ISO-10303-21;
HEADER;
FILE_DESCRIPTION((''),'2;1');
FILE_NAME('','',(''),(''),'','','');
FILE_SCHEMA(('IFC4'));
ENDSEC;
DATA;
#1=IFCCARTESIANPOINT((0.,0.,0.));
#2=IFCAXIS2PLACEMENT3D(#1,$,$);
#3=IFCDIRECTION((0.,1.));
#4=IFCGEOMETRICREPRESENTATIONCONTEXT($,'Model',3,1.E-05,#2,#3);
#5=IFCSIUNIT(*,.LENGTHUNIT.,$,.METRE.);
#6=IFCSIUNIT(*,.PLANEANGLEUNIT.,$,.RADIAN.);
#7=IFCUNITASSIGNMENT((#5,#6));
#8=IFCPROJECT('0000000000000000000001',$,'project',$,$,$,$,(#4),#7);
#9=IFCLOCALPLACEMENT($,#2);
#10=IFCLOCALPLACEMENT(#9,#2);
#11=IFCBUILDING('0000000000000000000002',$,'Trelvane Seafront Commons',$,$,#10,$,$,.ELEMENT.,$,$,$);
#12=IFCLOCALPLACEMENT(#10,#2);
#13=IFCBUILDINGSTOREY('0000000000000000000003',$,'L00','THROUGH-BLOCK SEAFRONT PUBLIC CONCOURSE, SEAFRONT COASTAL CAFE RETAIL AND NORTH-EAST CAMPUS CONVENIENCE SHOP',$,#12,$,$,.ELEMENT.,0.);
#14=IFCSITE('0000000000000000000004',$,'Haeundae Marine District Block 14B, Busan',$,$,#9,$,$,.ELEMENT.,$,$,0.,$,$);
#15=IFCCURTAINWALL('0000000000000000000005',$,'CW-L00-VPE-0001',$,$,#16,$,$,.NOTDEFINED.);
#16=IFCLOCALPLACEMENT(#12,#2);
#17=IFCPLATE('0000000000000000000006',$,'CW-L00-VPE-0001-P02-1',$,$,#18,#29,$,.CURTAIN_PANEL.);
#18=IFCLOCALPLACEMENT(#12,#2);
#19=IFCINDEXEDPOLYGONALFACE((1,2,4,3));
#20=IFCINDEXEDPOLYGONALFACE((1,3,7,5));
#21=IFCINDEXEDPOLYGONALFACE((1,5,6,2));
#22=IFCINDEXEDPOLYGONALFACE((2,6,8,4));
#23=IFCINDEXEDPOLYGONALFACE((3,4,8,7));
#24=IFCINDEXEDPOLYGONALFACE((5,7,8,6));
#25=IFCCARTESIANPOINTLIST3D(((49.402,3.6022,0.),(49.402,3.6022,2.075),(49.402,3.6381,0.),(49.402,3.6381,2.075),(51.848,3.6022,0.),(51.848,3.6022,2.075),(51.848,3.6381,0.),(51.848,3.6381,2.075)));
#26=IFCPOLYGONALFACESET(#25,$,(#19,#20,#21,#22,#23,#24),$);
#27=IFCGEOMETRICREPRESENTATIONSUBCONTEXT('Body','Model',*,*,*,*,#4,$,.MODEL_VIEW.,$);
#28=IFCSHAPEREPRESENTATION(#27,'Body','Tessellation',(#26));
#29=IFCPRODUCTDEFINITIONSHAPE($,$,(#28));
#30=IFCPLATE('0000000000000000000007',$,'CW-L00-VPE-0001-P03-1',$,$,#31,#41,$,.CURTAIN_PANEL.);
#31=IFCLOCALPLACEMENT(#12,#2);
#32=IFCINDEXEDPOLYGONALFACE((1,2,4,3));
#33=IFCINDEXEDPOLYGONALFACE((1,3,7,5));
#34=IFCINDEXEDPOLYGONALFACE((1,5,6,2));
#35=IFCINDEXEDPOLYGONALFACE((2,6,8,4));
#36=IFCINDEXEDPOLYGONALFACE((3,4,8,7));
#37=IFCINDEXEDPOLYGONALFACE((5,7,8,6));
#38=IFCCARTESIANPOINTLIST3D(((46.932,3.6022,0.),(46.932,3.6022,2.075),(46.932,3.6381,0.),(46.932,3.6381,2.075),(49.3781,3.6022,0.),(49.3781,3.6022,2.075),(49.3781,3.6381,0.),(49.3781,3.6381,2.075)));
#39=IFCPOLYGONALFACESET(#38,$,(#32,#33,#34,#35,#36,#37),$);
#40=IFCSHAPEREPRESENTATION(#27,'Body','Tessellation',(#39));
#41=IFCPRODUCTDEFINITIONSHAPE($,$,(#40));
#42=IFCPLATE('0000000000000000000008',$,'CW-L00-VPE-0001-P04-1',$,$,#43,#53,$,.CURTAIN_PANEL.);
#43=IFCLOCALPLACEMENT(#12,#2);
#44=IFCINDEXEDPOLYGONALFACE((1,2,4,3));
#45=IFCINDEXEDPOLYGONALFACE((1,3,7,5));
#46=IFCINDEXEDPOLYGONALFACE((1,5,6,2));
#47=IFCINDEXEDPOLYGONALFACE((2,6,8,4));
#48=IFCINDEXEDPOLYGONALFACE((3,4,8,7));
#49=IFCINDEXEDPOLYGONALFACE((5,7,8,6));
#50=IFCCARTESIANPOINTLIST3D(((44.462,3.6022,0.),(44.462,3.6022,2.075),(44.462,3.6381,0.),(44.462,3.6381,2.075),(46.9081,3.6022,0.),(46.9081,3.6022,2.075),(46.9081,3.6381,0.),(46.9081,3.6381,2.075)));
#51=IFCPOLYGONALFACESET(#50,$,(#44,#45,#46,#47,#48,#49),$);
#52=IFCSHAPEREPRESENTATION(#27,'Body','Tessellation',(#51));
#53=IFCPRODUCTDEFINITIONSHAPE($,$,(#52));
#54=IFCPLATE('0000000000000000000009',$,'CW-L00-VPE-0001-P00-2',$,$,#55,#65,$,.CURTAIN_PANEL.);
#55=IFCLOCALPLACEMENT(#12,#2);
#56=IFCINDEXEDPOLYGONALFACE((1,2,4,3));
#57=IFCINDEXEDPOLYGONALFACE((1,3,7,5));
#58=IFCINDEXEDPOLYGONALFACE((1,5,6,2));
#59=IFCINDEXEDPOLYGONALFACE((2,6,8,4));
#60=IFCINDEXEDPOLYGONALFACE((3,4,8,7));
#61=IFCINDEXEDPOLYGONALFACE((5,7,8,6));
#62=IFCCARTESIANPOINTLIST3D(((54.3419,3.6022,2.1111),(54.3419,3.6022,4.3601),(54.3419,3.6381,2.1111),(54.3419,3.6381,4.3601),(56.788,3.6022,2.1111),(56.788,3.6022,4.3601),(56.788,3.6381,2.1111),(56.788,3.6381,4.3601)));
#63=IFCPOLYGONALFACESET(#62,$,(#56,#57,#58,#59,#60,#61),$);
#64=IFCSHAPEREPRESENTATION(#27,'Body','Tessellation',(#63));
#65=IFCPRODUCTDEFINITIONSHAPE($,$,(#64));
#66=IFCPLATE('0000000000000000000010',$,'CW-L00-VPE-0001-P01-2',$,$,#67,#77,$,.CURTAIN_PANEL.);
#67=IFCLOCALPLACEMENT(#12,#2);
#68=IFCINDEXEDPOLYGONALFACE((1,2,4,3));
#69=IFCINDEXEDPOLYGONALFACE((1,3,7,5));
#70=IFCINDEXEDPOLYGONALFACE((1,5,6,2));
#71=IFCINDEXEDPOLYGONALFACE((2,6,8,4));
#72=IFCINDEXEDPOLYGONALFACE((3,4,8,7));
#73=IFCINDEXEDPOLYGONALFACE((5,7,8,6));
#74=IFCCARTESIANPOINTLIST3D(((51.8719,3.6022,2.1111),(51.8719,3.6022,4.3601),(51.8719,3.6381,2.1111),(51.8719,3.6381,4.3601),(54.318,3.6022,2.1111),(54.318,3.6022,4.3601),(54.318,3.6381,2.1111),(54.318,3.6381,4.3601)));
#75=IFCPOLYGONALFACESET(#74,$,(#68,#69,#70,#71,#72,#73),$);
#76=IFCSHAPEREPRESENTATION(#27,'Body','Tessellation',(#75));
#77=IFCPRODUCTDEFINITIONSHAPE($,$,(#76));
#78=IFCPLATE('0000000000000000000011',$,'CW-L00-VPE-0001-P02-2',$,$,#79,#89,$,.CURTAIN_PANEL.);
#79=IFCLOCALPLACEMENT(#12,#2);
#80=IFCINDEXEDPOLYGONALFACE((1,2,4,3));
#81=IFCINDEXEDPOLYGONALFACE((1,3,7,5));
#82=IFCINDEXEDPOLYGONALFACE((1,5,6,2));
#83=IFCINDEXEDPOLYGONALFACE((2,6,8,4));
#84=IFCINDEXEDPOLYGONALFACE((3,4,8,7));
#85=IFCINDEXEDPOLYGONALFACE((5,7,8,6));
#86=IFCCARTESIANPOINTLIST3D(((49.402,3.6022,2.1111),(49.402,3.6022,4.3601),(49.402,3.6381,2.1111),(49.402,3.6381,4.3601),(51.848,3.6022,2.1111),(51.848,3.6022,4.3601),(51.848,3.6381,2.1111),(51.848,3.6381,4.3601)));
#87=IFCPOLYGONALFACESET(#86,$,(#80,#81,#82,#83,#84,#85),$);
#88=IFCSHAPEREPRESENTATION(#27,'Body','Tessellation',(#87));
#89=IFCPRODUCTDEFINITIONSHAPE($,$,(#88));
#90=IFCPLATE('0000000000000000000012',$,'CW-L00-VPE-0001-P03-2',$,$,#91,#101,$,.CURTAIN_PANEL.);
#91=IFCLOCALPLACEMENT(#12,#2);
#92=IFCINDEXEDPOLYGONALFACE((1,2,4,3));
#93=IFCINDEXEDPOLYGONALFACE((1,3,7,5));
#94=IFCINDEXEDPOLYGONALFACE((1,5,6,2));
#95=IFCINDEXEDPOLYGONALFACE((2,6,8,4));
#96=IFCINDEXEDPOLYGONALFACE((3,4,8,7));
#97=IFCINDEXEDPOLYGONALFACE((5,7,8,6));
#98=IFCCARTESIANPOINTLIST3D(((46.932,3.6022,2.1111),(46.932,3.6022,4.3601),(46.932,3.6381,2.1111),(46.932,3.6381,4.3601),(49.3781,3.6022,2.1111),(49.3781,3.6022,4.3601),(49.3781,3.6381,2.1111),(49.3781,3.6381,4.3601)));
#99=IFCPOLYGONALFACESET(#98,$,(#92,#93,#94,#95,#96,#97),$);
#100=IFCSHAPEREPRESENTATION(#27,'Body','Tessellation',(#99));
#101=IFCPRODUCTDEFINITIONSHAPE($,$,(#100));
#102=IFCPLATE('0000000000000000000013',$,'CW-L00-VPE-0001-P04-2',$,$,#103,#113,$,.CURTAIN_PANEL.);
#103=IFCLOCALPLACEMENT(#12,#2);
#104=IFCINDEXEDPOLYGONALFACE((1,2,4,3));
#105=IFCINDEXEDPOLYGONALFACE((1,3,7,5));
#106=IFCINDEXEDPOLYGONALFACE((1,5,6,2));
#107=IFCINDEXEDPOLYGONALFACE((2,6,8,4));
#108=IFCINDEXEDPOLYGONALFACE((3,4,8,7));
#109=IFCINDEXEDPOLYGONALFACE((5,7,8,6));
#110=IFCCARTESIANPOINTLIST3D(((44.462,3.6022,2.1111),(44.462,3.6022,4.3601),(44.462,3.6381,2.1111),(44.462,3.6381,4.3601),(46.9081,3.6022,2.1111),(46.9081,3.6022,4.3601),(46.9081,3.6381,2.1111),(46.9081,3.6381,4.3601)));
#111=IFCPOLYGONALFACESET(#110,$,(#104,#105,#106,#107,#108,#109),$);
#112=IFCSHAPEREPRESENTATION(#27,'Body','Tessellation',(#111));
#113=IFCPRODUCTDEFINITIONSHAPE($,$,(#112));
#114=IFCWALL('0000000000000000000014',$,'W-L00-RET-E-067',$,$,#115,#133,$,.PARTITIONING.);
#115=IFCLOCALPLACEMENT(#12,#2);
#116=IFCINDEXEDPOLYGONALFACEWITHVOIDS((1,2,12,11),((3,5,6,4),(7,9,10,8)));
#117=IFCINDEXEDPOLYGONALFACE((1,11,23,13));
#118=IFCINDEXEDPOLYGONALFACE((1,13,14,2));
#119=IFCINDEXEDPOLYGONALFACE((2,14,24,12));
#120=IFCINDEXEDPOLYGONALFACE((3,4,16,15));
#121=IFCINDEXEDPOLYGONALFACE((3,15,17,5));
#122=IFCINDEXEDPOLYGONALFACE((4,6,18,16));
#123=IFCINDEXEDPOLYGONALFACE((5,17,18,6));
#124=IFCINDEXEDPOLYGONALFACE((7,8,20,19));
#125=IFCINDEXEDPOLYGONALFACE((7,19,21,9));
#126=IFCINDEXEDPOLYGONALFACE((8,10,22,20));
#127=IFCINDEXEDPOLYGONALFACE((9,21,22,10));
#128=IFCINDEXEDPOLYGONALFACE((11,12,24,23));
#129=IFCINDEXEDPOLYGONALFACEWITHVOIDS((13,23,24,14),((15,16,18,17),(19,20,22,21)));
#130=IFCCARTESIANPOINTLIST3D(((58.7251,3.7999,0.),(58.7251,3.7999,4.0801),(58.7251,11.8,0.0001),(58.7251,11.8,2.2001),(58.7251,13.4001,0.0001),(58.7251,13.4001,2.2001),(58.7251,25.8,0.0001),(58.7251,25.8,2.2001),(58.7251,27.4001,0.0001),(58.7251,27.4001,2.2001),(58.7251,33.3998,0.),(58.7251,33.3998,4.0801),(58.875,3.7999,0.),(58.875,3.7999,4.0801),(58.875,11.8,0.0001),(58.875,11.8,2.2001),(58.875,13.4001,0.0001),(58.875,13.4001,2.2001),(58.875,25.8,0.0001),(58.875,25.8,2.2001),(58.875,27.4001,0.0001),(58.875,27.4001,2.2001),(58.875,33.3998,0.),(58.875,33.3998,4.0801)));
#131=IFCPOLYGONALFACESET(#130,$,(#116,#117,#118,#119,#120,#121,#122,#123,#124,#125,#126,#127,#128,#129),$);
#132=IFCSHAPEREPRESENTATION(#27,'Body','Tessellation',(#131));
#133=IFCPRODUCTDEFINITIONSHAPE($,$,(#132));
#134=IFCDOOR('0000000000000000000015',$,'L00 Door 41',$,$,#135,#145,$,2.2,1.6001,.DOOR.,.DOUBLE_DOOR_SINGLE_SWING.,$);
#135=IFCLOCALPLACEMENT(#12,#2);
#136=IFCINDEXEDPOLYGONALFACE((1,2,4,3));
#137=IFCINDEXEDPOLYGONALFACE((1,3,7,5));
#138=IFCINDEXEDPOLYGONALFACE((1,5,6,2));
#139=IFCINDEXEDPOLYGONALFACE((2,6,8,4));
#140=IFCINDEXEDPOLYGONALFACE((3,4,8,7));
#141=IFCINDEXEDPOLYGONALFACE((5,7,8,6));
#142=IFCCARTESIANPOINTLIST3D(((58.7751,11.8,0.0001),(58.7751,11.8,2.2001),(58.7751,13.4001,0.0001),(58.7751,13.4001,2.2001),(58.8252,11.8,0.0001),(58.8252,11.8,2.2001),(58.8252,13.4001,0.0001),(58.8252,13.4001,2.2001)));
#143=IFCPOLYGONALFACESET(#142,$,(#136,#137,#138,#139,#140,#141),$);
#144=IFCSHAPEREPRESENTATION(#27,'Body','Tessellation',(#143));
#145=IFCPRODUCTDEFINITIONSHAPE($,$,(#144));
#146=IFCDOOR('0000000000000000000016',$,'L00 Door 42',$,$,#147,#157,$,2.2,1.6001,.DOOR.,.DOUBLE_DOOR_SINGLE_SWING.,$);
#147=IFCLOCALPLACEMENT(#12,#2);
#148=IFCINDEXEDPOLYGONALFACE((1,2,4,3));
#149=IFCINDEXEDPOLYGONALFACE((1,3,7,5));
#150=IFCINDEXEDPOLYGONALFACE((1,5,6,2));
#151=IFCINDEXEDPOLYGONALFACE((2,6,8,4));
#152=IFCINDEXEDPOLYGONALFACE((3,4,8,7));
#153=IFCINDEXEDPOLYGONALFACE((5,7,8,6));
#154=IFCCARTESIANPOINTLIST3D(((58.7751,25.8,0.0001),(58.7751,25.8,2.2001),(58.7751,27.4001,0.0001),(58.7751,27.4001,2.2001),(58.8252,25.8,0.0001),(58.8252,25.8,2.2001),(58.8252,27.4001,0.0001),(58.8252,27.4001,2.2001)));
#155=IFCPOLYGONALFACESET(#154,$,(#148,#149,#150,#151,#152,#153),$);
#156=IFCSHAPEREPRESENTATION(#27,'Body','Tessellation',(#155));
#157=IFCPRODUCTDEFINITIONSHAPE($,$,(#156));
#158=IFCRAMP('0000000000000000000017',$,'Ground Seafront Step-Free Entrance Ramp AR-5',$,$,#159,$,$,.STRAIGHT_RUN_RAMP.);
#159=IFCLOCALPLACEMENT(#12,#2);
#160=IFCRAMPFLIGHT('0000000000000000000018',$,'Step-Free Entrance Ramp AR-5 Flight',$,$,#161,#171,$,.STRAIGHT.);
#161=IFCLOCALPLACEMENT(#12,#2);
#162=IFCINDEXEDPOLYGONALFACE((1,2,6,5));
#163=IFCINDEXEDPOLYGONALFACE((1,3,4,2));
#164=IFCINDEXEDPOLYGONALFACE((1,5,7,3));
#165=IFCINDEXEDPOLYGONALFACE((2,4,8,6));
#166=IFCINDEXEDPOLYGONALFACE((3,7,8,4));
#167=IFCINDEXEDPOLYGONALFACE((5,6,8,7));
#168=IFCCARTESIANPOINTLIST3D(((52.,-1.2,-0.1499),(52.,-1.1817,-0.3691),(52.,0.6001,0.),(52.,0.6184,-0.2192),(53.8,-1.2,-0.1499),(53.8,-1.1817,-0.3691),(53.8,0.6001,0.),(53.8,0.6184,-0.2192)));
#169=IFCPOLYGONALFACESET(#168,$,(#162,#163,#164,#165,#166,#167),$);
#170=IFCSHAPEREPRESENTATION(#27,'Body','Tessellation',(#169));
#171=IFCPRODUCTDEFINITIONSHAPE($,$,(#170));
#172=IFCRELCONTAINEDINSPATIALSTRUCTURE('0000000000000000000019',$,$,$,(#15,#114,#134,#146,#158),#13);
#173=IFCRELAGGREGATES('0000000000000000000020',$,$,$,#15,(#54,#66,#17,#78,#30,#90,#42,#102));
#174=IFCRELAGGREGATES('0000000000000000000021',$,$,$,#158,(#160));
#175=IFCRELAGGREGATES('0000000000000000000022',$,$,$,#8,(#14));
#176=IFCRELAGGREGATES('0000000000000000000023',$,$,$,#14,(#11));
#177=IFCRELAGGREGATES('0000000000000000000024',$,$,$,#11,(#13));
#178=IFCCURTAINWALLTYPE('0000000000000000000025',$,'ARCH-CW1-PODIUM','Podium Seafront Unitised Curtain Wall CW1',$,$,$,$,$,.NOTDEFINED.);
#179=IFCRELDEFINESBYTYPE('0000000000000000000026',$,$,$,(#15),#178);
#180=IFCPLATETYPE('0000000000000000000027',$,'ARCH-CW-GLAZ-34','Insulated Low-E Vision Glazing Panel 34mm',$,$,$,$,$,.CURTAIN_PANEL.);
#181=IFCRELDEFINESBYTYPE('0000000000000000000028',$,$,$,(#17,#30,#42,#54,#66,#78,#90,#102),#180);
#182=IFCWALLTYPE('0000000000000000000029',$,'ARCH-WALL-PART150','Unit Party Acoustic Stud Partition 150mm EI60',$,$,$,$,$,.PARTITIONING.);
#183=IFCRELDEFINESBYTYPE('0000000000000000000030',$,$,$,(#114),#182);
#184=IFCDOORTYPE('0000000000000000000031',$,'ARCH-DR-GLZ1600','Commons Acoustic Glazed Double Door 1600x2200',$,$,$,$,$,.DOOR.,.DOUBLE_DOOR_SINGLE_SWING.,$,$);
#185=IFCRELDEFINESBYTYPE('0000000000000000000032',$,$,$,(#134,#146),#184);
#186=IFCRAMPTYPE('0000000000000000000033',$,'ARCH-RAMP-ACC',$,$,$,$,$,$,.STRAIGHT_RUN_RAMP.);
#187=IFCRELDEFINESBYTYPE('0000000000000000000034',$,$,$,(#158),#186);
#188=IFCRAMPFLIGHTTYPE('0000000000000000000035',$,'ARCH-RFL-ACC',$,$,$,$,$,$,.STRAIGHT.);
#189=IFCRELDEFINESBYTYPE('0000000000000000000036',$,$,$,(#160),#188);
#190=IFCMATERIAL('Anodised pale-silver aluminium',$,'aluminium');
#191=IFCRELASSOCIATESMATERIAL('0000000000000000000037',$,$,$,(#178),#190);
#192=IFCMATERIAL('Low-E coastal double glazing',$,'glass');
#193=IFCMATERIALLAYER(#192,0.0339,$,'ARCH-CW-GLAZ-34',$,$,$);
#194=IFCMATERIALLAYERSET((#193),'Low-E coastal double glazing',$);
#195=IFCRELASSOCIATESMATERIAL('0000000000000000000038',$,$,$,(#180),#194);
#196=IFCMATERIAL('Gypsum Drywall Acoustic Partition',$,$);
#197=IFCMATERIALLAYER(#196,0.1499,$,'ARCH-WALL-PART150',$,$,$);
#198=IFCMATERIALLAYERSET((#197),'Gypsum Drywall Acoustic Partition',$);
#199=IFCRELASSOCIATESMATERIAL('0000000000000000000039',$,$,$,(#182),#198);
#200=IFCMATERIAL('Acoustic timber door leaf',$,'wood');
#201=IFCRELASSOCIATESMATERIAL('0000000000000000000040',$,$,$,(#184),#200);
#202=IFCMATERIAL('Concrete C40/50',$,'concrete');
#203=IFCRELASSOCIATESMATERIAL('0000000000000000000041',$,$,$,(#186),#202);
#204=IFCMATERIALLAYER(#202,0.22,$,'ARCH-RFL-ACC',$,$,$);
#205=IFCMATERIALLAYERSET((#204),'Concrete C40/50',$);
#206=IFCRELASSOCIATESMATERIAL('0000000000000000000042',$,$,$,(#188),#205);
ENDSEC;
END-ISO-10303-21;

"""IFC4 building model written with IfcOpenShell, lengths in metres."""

from ifc_helpers import new_model, si_unit, direction, frame, frame_2d, origin, origin_2d, place, context, subcontext, project, spatial, polyline, rectangle, outline, extrude, source, transform, mapped, material, layer, layer_set, type_object, element, fill, aggregate, save


model = new_model("IFC4")

# Units and contexts
model_context = context("Model", 3, precision=1e-05, world=origin(), true_north=direction((0.0, 1.0)))
body_context = subcontext(model_context, "Body", "Model", "MODEL_VIEW")
ifc_project = project(units=[si_unit("LENGTHUNIT", "METRE"), si_unit("PLANEANGLEUNIT", "RADIAN")], contexts=[model_context])

# Site, building, storey
site_placement = place(None, origin())
site = spatial("IfcSite", under=ifc_project, at=site_placement, Name="Haeundae Marine District Block 14B, Busan", CompositionType="ELEMENT", RefElevation=0.0)
building_placement = place(site_placement, origin())
building = spatial("IfcBuilding", under=site, at=building_placement, Name="Trelvane Seafront Commons", CompositionType="ELEMENT")
storey_placement = place(building_placement, origin())
storey = spatial("IfcBuildingStorey", under=building, at=storey_placement, Name="L00", Description="THROUGH-BLOCK SEAFRONT PUBLIC CONCOURSE, SEAFRONT COASTAL CAFE RETAIL AND NORTH-EAST CAMPUS CONVENIENCE SHOP", CompositionType="ELEMENT", Elevation=0.0)

# Curtain wall
ifc_material_1 = material(Name="Anodised pale-silver aluminium", Category="aluminium")
curtain_wall_type = type_object("IfcCurtainWallType", Name="ARCH-CW1-PODIUM", Description="Podium Seafront Unitised Curtain Wall CW1", PredefinedType="NOTDEFINED", material=ifc_material_1)
curtain_wall_placement = place(storey_placement, origin())
curtain_wall = element("IfcCurtainWall", 1, at=curtain_wall_placement, inside=storey, type_object=curtain_wall_type, Name="CW-L00-VPE-0001", PredefinedType="NOTDEFINED")

# Plates
ifc_material_2 = material(Name="Low-E coastal double glazing", Category="glass")
ifc_layer_1 = layer(ifc_material_2, 0.0339, Name="ARCH-CW-GLAZ-34")
ifc_layer_set_1 = layer_set([ifc_layer_1], Name="Low-E coastal double glazing")
plate_type_1 = type_object("IfcPlateType", Name="ARCH-CW-GLAZ-34", Description="Insulated Low-E Vision Glazing Panel 34mm", PredefinedType="CURTAIN_PANEL", material=ifc_layer_set_1)
shared_shape_1 = source(origin(), body_context, "Body", "SweptSolid", [
    extrude(rectangle(XDim=2.446, YDim=0.0359, at=origin_2d()), origin(), (0.0, 0.0, 1.0), 2.075),
])
plate_1_placement = place(storey_placement, frame((50.625, 3.6201, 0.0), z_axis=(0.0, 0.0, 1.0), x_axis=(-1.0, 0.0, 0.0)))
plate_1 = element("IfcPlate", 2, at=plate_1_placement, type_object=plate_type_1, Name="CW-L00-VPE-0001-P02-1", PredefinedType="CURTAIN_PANEL", context=body_context, shape_type="MappedRepresentation", body=[
    mapped(shared_shape_1, transform((0.0, 0.0, 0.0), x_axis=(1.0, 0.0, 0.0), y_axis=(0.0, 1.0, 0.0), z_axis=(0.0, 0.0, 1.0), scale=1.0)),
])
plate_2_placement = place(storey_placement, frame((48.155, 3.6201, 0.0), z_axis=(0.0, 0.0, 1.0), x_axis=(-1.0, 0.0, 0.0)))
plate_2 = element("IfcPlate", 3, at=plate_2_placement, type_object=plate_type_1, Name="CW-L00-VPE-0001-P03-1", PredefinedType="CURTAIN_PANEL", context=body_context, shape_type="MappedRepresentation", body=[
    mapped(shared_shape_1, transform((0.0, 0.0, 0.0), x_axis=(1.0, 0.0, 0.0), y_axis=(0.0, 1.0, 0.0), z_axis=(0.0, 0.0, 1.0), scale=1.0)),
])
plate_3_placement = place(storey_placement, frame((45.6851, 3.6201, 0.0), z_axis=(0.0, 0.0, 1.0), x_axis=(-1.0, 0.0, 0.0)))
plate_3 = element("IfcPlate", 4, at=plate_3_placement, type_object=plate_type_1, Name="CW-L00-VPE-0001-P04-1", PredefinedType="CURTAIN_PANEL", context=body_context, shape_type="MappedRepresentation", body=[
    mapped(shared_shape_1, transform((0.0, 0.0, 0.0), x_axis=(1.0, 0.0, 0.0), y_axis=(0.0, 1.0, 0.0), z_axis=(0.0, 0.0, 1.0), scale=1.0)),
])
shared_shape_2 = source(origin(), body_context, "Body", "SweptSolid", [
    extrude(rectangle(XDim=2.446, YDim=0.0359, at=origin_2d()), origin(), (0.0, 0.0, 1.0), 2.249),
])
plate_4_placement = place(storey_placement, frame((55.5649, 3.6201, 2.1111), z_axis=(0.0, 0.0, 1.0), x_axis=(-1.0, 0.0, 0.0)))
plate_4 = element("IfcPlate", 5, at=plate_4_placement, type_object=plate_type_1, Name="CW-L00-VPE-0001-P00-2", PredefinedType="CURTAIN_PANEL", context=body_context, shape_type="MappedRepresentation", body=[
    mapped(shared_shape_2, transform((0.0, 0.0, 0.0), x_axis=(1.0, 0.0, 0.0), y_axis=(0.0, 1.0, 0.0), z_axis=(0.0, 0.0, 1.0), scale=1.0)),
])
plate_5_placement = place(storey_placement, frame((53.095, 3.6201, 2.1111), z_axis=(0.0, 0.0, 1.0), x_axis=(-1.0, 0.0, 0.0)))
plate_5 = element("IfcPlate", 6, at=plate_5_placement, type_object=plate_type_1, Name="CW-L00-VPE-0001-P01-2", PredefinedType="CURTAIN_PANEL", context=body_context, shape_type="MappedRepresentation", body=[
    mapped(shared_shape_2, transform((0.0, 0.0, 0.0), x_axis=(1.0, 0.0, 0.0), y_axis=(0.0, 1.0, 0.0), z_axis=(0.0, 0.0, 1.0), scale=1.0)),
])
plate_6_placement = place(storey_placement, frame((50.625, 3.6201, 2.1111), z_axis=(0.0, 0.0, 1.0), x_axis=(-1.0, 0.0, 0.0)))
plate_6 = element("IfcPlate", 7, at=plate_6_placement, type_object=plate_type_1, Name="CW-L00-VPE-0001-P02-2", PredefinedType="CURTAIN_PANEL", context=body_context, shape_type="MappedRepresentation", body=[
    mapped(shared_shape_2, transform((0.0, 0.0, 0.0), x_axis=(1.0, 0.0, 0.0), y_axis=(0.0, 1.0, 0.0), z_axis=(0.0, 0.0, 1.0), scale=1.0)),
])
plate_7_placement = place(storey_placement, frame((48.155, 3.6201, 2.1111), z_axis=(0.0, 0.0, 1.0), x_axis=(-1.0, 0.0, 0.0)))
plate_7 = element("IfcPlate", 8, at=plate_7_placement, type_object=plate_type_1, Name="CW-L00-VPE-0001-P03-2", PredefinedType="CURTAIN_PANEL", context=body_context, shape_type="MappedRepresentation", body=[
    mapped(shared_shape_2, transform((0.0, 0.0, 0.0), x_axis=(1.0, 0.0, 0.0), y_axis=(0.0, 1.0, 0.0), z_axis=(0.0, 0.0, 1.0), scale=1.0)),
])
plate_8_placement = place(storey_placement, frame((45.6851, 3.6201, 2.1111), z_axis=(0.0, 0.0, 1.0), x_axis=(-1.0, 0.0, 0.0)))
plate_8 = element("IfcPlate", 9, at=plate_8_placement, type_object=plate_type_1, Name="CW-L00-VPE-0001-P04-2", PredefinedType="CURTAIN_PANEL", context=body_context, shape_type="MappedRepresentation", body=[
    mapped(shared_shape_2, transform((0.0, 0.0, 0.0), x_axis=(1.0, 0.0, 0.0), y_axis=(0.0, 1.0, 0.0), z_axis=(0.0, 0.0, 1.0), scale=1.0)),
])
aggregate(curtain_wall, [plate_4, plate_5, plate_1, plate_6, plate_2, plate_7, plate_3, plate_8])

# Wall, openings, doors
ifc_material_3 = material(Name="Gypsum Drywall Acoustic Partition")
ifc_layer_2 = layer(ifc_material_3, 0.1499, Name="ARCH-WALL-PART150")
ifc_layer_set_2 = layer_set([ifc_layer_2], Name="Gypsum Drywall Acoustic Partition")
wall_type = type_object("IfcWallType", Name="ARCH-WALL-PART150", Description="Unit Party Acoustic Stud Partition 150mm EI60", PredefinedType="PARTITIONING", material=ifc_layer_set_2)
wall_placement = place(storey_placement, frame((58.8, 3.8, 0.0), z_axis=(0.0, 0.0, 1.0), x_axis=(0.0, 1.0, 0.0)))
wall = element("IfcWall", 10, at=wall_placement, inside=storey, type_object=wall_type, Name="W-L00-RET-E-067", PredefinedType="PARTITIONING", context=body_context, shape_type="SweptSolid", body=[
    extrude(rectangle(XDim=29.5999, YDim=0.1499, at=frame_2d((14.7998, 0.0))), origin(), (0.0, 0.0, 1.0), 4.0801),
])
opening_1_placement = place(wall_placement, frame((8.0, 0.0, 0.0)))
opening_1 = element("IfcOpeningElement", 11, at=opening_1_placement, cuts=wall, PredefinedType="OPENING", context=body_context, shape_type="SweptSolid", body=[
    extrude(rectangle(XDim=1.6001, YDim=2.2, at=frame_2d((0.8, 1.1001))), frame((0.0, 0.085, 0.0), z_axis=(0.0, -1.0, 0.0), x_axis=(1.0, 0.0, 0.0)), (0.0, 0.0, 1.0), 0.1699),
])
opening_2_placement = place(wall_placement, frame((22.0, 0.0, 0.0)))
opening_2 = element("IfcOpeningElement", 12, at=opening_2_placement, cuts=wall, PredefinedType="OPENING", context=body_context, shape_type="SweptSolid", body=[
    extrude(rectangle(XDim=1.6001, YDim=2.2, at=frame_2d((0.8, 1.1001))), frame((0.0, 0.085, 0.0), z_axis=(0.0, -1.0, 0.0), x_axis=(1.0, 0.0, 0.0)), (0.0, 0.0, 1.0), 0.1699),
])
ifc_material_4 = material(Name="Acoustic timber door leaf", Category="wood")
door_type = type_object("IfcDoorType", Name="ARCH-DR-GLZ1600", Description="Commons Acoustic Glazed Double Door 1600x2200", OperationType="DOUBLE_DOOR_SINGLE_SWING", PredefinedType="DOOR", material=ifc_material_4)
shared_shape_3 = source(origin(), body_context, "Body", "SweptSolid", [
    extrude(rectangle(XDim=1.6001, YDim=2.2, at=frame_2d((0.8, 1.1001))), frame((0.0, 0.0249, 0.0), z_axis=(0.0, -1.0, 0.0), x_axis=(1.0, 0.0, 0.0)), (0.0, 0.0, 1.0), 0.05),
])
door_1_placement = place(opening_1_placement, origin())
door_1 = element("IfcDoor", 13, at=door_1_placement, inside=storey, type_object=door_type, Name="L00 Door 41", OperationType="DOUBLE_DOOR_SINGLE_SWING", OverallHeight=2.2, OverallWidth=1.6001, PredefinedType="DOOR", context=body_context, shape_type="MappedRepresentation", body=[
    mapped(shared_shape_3, transform((0.0, 0.0, 0.0), x_axis=(1.0, 0.0, 0.0), y_axis=(0.0, 1.0, 0.0), z_axis=(0.0, 0.0, 1.0), scale=1.0)),
])
fill(opening_1, door_1)
door_2_placement = place(opening_2_placement, origin())
door_2 = element("IfcDoor", 14, at=door_2_placement, inside=storey, type_object=door_type, Name="L00 Door 42", OperationType="DOUBLE_DOOR_SINGLE_SWING", OverallHeight=2.2, OverallWidth=1.6001, PredefinedType="DOOR", context=body_context, shape_type="MappedRepresentation", body=[
    mapped(shared_shape_3, transform((0.0, 0.0, 0.0), x_axis=(1.0, 0.0, 0.0), y_axis=(0.0, 1.0, 0.0), z_axis=(0.0, 0.0, 1.0), scale=1.0)),
])
fill(opening_2, door_2)

# Ramp, ramp flight
ifc_material_5 = material(Name="Concrete C40/50", Category="concrete")
ramp_type = type_object("IfcRampType", Name="ARCH-RAMP-ACC", PredefinedType="STRAIGHT_RUN_RAMP", material=ifc_material_5)
ramp_placement = place(storey_placement, origin())
ramp = element("IfcRamp", 15, at=ramp_placement, inside=storey, type_object=ramp_type, Name="Ground Seafront Step-Free Entrance Ramp AR-5", PredefinedType="STRAIGHT_RUN_RAMP")
ifc_layer_3 = layer(ifc_material_5, 0.22, Name="ARCH-RFL-ACC")
ifc_layer_set_3 = layer_set([ifc_layer_3], Name="Concrete C40/50")
ramp_flight_type = type_object("IfcRampFlightType", Name="ARCH-RFL-ACC", PredefinedType="STRAIGHT", material=ifc_layer_set_3)
ramp_flight_placement = place(storey_placement, frame((52.0, -1.2, -0.1499), z_axis=(0.0, -0.08299, 0.99655), x_axis=(1.0, 0.0, 0.0)))
ramp_flight = element("IfcRampFlight", 16, at=ramp_flight_placement, type_object=ramp_flight_type, Name="Step-Free Entrance Ramp AR-5 Flight", PredefinedType="STRAIGHT", context=body_context, shape_type="SweptSolid", body=[
    extrude(outline(polyline([(0.0, 0.0), (1.8, 0.0), (1.8, 1.8063), (0.0, 1.8063), (0.0, 0.0)])), origin(), (0.0, 0.0, -1.0), 0.22),
])
aggregate(ramp, [ramp_flight])

save(model, "model.ifc")
